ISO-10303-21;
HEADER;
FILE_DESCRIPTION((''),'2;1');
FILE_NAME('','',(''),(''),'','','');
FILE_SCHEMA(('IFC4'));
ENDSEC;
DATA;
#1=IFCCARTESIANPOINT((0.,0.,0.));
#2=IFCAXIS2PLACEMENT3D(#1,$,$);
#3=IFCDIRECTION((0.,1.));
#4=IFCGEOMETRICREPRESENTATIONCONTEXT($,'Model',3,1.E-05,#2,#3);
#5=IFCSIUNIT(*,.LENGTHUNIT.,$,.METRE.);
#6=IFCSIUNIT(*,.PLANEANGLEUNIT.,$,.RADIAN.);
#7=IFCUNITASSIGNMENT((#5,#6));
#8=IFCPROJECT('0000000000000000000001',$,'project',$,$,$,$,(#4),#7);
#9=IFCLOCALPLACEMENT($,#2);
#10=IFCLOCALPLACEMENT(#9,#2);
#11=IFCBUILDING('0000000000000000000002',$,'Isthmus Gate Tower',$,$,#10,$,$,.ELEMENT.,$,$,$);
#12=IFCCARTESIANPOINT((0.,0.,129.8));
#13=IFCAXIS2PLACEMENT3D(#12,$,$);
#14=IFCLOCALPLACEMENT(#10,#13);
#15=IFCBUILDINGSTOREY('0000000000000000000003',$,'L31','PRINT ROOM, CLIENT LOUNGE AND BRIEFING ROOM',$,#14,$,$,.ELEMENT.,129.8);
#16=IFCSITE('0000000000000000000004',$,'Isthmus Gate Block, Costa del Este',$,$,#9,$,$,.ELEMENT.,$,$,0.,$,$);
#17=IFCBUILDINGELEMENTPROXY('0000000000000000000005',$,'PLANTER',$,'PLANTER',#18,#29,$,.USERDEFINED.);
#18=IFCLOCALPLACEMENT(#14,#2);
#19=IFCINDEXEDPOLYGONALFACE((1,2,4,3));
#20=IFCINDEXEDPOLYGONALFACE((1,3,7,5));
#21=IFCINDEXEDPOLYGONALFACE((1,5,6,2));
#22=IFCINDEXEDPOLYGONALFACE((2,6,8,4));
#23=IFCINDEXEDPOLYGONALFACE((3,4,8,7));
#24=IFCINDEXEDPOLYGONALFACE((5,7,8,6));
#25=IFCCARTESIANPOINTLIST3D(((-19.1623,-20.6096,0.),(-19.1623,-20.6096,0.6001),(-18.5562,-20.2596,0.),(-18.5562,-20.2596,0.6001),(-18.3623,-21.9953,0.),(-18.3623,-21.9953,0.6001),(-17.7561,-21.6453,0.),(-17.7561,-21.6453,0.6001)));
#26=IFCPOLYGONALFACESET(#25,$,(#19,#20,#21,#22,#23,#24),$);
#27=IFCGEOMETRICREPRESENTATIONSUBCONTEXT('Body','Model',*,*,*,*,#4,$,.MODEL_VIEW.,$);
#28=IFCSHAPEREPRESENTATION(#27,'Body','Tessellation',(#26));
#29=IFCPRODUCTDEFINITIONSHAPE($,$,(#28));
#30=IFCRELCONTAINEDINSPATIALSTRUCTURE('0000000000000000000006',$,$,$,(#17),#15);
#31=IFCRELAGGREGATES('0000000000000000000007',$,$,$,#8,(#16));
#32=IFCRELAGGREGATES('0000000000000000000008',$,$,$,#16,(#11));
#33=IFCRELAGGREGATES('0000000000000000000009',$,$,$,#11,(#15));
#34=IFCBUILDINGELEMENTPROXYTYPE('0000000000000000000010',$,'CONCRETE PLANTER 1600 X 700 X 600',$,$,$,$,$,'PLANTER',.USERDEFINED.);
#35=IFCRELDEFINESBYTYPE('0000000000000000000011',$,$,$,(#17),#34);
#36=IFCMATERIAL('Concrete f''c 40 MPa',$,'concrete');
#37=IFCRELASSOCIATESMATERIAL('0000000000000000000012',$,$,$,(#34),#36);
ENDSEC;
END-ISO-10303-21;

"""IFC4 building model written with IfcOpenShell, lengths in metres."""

from ifc_helpers import new_model, si_unit, direction, frame, origin, origin_2d, place, context, subcontext, project, spatial, rectangle, extrude, material, type_object, element, save


model = new_model("IFC4")

# Units and contexts
model_context = context("Model", 3, precision=1e-05, world=origin(), true_north=direction((0.0, 1.0)))
body_context = subcontext(model_context, "Body", "Model", "MODEL_VIEW")
ifc_project = project(units=[si_unit("LENGTHUNIT", "METRE"), si_unit("PLANEANGLEUNIT", "RADIAN")], contexts=[model_context])

# Site, building, storey
site_placement = place(None, origin())
site = spatial("IfcSite", under=ifc_project, at=site_placement, Name="Isthmus Gate Block, Costa del Este", CompositionType="ELEMENT", RefElevation=0.0)
building_placement = place(site_placement, origin())
building = spatial("IfcBuilding", under=site, at=building_placement, Name="Isthmus Gate Tower", CompositionType="ELEMENT")
storey_placement = place(building_placement, frame((0.0, 0.0, 129.8)))
storey = spatial("IfcBuildingStorey", under=building, at=storey_placement, Name="L31", Description="PRINT ROOM, CLIENT LOUNGE AND BRIEFING ROOM", CompositionType="ELEMENT", Elevation=129.8)

# Building element proxy
ifc_material_1 = material(Name="Concrete f'c 40 MPa", Category="concrete")
building_element_proxy_type = type_object("IfcBuildingElementProxyType", Name="CONCRETE PLANTER 1600 X 700 X 600", ElementType="PLANTER", PredefinedType="USERDEFINED", material=ifc_material_1)
for number, where, z_axis, x_axis, name in (
    (1, (-18.4592, -21.1274, 0.0), (0.0, 0.0, 1.0), (0.5, -0.866025, 0.0), "PLANTER"),
):
    element("IfcBuildingElementProxy", number, at=place(storey_placement, frame(where, z_axis=z_axis, x_axis=x_axis)), inside=storey, type_object=building_element_proxy_type, Name=name, ObjectType="PLANTER", PredefinedType="USERDEFINED", context=body_context, shape_type="SweptSolid", body=[
        extrude(rectangle(XDim=1.6001, YDim=0.7, at=origin_2d()), origin(), (0.0, 0.0, 1.0), 0.6001),
    ])

save(model, "model.ifc")
